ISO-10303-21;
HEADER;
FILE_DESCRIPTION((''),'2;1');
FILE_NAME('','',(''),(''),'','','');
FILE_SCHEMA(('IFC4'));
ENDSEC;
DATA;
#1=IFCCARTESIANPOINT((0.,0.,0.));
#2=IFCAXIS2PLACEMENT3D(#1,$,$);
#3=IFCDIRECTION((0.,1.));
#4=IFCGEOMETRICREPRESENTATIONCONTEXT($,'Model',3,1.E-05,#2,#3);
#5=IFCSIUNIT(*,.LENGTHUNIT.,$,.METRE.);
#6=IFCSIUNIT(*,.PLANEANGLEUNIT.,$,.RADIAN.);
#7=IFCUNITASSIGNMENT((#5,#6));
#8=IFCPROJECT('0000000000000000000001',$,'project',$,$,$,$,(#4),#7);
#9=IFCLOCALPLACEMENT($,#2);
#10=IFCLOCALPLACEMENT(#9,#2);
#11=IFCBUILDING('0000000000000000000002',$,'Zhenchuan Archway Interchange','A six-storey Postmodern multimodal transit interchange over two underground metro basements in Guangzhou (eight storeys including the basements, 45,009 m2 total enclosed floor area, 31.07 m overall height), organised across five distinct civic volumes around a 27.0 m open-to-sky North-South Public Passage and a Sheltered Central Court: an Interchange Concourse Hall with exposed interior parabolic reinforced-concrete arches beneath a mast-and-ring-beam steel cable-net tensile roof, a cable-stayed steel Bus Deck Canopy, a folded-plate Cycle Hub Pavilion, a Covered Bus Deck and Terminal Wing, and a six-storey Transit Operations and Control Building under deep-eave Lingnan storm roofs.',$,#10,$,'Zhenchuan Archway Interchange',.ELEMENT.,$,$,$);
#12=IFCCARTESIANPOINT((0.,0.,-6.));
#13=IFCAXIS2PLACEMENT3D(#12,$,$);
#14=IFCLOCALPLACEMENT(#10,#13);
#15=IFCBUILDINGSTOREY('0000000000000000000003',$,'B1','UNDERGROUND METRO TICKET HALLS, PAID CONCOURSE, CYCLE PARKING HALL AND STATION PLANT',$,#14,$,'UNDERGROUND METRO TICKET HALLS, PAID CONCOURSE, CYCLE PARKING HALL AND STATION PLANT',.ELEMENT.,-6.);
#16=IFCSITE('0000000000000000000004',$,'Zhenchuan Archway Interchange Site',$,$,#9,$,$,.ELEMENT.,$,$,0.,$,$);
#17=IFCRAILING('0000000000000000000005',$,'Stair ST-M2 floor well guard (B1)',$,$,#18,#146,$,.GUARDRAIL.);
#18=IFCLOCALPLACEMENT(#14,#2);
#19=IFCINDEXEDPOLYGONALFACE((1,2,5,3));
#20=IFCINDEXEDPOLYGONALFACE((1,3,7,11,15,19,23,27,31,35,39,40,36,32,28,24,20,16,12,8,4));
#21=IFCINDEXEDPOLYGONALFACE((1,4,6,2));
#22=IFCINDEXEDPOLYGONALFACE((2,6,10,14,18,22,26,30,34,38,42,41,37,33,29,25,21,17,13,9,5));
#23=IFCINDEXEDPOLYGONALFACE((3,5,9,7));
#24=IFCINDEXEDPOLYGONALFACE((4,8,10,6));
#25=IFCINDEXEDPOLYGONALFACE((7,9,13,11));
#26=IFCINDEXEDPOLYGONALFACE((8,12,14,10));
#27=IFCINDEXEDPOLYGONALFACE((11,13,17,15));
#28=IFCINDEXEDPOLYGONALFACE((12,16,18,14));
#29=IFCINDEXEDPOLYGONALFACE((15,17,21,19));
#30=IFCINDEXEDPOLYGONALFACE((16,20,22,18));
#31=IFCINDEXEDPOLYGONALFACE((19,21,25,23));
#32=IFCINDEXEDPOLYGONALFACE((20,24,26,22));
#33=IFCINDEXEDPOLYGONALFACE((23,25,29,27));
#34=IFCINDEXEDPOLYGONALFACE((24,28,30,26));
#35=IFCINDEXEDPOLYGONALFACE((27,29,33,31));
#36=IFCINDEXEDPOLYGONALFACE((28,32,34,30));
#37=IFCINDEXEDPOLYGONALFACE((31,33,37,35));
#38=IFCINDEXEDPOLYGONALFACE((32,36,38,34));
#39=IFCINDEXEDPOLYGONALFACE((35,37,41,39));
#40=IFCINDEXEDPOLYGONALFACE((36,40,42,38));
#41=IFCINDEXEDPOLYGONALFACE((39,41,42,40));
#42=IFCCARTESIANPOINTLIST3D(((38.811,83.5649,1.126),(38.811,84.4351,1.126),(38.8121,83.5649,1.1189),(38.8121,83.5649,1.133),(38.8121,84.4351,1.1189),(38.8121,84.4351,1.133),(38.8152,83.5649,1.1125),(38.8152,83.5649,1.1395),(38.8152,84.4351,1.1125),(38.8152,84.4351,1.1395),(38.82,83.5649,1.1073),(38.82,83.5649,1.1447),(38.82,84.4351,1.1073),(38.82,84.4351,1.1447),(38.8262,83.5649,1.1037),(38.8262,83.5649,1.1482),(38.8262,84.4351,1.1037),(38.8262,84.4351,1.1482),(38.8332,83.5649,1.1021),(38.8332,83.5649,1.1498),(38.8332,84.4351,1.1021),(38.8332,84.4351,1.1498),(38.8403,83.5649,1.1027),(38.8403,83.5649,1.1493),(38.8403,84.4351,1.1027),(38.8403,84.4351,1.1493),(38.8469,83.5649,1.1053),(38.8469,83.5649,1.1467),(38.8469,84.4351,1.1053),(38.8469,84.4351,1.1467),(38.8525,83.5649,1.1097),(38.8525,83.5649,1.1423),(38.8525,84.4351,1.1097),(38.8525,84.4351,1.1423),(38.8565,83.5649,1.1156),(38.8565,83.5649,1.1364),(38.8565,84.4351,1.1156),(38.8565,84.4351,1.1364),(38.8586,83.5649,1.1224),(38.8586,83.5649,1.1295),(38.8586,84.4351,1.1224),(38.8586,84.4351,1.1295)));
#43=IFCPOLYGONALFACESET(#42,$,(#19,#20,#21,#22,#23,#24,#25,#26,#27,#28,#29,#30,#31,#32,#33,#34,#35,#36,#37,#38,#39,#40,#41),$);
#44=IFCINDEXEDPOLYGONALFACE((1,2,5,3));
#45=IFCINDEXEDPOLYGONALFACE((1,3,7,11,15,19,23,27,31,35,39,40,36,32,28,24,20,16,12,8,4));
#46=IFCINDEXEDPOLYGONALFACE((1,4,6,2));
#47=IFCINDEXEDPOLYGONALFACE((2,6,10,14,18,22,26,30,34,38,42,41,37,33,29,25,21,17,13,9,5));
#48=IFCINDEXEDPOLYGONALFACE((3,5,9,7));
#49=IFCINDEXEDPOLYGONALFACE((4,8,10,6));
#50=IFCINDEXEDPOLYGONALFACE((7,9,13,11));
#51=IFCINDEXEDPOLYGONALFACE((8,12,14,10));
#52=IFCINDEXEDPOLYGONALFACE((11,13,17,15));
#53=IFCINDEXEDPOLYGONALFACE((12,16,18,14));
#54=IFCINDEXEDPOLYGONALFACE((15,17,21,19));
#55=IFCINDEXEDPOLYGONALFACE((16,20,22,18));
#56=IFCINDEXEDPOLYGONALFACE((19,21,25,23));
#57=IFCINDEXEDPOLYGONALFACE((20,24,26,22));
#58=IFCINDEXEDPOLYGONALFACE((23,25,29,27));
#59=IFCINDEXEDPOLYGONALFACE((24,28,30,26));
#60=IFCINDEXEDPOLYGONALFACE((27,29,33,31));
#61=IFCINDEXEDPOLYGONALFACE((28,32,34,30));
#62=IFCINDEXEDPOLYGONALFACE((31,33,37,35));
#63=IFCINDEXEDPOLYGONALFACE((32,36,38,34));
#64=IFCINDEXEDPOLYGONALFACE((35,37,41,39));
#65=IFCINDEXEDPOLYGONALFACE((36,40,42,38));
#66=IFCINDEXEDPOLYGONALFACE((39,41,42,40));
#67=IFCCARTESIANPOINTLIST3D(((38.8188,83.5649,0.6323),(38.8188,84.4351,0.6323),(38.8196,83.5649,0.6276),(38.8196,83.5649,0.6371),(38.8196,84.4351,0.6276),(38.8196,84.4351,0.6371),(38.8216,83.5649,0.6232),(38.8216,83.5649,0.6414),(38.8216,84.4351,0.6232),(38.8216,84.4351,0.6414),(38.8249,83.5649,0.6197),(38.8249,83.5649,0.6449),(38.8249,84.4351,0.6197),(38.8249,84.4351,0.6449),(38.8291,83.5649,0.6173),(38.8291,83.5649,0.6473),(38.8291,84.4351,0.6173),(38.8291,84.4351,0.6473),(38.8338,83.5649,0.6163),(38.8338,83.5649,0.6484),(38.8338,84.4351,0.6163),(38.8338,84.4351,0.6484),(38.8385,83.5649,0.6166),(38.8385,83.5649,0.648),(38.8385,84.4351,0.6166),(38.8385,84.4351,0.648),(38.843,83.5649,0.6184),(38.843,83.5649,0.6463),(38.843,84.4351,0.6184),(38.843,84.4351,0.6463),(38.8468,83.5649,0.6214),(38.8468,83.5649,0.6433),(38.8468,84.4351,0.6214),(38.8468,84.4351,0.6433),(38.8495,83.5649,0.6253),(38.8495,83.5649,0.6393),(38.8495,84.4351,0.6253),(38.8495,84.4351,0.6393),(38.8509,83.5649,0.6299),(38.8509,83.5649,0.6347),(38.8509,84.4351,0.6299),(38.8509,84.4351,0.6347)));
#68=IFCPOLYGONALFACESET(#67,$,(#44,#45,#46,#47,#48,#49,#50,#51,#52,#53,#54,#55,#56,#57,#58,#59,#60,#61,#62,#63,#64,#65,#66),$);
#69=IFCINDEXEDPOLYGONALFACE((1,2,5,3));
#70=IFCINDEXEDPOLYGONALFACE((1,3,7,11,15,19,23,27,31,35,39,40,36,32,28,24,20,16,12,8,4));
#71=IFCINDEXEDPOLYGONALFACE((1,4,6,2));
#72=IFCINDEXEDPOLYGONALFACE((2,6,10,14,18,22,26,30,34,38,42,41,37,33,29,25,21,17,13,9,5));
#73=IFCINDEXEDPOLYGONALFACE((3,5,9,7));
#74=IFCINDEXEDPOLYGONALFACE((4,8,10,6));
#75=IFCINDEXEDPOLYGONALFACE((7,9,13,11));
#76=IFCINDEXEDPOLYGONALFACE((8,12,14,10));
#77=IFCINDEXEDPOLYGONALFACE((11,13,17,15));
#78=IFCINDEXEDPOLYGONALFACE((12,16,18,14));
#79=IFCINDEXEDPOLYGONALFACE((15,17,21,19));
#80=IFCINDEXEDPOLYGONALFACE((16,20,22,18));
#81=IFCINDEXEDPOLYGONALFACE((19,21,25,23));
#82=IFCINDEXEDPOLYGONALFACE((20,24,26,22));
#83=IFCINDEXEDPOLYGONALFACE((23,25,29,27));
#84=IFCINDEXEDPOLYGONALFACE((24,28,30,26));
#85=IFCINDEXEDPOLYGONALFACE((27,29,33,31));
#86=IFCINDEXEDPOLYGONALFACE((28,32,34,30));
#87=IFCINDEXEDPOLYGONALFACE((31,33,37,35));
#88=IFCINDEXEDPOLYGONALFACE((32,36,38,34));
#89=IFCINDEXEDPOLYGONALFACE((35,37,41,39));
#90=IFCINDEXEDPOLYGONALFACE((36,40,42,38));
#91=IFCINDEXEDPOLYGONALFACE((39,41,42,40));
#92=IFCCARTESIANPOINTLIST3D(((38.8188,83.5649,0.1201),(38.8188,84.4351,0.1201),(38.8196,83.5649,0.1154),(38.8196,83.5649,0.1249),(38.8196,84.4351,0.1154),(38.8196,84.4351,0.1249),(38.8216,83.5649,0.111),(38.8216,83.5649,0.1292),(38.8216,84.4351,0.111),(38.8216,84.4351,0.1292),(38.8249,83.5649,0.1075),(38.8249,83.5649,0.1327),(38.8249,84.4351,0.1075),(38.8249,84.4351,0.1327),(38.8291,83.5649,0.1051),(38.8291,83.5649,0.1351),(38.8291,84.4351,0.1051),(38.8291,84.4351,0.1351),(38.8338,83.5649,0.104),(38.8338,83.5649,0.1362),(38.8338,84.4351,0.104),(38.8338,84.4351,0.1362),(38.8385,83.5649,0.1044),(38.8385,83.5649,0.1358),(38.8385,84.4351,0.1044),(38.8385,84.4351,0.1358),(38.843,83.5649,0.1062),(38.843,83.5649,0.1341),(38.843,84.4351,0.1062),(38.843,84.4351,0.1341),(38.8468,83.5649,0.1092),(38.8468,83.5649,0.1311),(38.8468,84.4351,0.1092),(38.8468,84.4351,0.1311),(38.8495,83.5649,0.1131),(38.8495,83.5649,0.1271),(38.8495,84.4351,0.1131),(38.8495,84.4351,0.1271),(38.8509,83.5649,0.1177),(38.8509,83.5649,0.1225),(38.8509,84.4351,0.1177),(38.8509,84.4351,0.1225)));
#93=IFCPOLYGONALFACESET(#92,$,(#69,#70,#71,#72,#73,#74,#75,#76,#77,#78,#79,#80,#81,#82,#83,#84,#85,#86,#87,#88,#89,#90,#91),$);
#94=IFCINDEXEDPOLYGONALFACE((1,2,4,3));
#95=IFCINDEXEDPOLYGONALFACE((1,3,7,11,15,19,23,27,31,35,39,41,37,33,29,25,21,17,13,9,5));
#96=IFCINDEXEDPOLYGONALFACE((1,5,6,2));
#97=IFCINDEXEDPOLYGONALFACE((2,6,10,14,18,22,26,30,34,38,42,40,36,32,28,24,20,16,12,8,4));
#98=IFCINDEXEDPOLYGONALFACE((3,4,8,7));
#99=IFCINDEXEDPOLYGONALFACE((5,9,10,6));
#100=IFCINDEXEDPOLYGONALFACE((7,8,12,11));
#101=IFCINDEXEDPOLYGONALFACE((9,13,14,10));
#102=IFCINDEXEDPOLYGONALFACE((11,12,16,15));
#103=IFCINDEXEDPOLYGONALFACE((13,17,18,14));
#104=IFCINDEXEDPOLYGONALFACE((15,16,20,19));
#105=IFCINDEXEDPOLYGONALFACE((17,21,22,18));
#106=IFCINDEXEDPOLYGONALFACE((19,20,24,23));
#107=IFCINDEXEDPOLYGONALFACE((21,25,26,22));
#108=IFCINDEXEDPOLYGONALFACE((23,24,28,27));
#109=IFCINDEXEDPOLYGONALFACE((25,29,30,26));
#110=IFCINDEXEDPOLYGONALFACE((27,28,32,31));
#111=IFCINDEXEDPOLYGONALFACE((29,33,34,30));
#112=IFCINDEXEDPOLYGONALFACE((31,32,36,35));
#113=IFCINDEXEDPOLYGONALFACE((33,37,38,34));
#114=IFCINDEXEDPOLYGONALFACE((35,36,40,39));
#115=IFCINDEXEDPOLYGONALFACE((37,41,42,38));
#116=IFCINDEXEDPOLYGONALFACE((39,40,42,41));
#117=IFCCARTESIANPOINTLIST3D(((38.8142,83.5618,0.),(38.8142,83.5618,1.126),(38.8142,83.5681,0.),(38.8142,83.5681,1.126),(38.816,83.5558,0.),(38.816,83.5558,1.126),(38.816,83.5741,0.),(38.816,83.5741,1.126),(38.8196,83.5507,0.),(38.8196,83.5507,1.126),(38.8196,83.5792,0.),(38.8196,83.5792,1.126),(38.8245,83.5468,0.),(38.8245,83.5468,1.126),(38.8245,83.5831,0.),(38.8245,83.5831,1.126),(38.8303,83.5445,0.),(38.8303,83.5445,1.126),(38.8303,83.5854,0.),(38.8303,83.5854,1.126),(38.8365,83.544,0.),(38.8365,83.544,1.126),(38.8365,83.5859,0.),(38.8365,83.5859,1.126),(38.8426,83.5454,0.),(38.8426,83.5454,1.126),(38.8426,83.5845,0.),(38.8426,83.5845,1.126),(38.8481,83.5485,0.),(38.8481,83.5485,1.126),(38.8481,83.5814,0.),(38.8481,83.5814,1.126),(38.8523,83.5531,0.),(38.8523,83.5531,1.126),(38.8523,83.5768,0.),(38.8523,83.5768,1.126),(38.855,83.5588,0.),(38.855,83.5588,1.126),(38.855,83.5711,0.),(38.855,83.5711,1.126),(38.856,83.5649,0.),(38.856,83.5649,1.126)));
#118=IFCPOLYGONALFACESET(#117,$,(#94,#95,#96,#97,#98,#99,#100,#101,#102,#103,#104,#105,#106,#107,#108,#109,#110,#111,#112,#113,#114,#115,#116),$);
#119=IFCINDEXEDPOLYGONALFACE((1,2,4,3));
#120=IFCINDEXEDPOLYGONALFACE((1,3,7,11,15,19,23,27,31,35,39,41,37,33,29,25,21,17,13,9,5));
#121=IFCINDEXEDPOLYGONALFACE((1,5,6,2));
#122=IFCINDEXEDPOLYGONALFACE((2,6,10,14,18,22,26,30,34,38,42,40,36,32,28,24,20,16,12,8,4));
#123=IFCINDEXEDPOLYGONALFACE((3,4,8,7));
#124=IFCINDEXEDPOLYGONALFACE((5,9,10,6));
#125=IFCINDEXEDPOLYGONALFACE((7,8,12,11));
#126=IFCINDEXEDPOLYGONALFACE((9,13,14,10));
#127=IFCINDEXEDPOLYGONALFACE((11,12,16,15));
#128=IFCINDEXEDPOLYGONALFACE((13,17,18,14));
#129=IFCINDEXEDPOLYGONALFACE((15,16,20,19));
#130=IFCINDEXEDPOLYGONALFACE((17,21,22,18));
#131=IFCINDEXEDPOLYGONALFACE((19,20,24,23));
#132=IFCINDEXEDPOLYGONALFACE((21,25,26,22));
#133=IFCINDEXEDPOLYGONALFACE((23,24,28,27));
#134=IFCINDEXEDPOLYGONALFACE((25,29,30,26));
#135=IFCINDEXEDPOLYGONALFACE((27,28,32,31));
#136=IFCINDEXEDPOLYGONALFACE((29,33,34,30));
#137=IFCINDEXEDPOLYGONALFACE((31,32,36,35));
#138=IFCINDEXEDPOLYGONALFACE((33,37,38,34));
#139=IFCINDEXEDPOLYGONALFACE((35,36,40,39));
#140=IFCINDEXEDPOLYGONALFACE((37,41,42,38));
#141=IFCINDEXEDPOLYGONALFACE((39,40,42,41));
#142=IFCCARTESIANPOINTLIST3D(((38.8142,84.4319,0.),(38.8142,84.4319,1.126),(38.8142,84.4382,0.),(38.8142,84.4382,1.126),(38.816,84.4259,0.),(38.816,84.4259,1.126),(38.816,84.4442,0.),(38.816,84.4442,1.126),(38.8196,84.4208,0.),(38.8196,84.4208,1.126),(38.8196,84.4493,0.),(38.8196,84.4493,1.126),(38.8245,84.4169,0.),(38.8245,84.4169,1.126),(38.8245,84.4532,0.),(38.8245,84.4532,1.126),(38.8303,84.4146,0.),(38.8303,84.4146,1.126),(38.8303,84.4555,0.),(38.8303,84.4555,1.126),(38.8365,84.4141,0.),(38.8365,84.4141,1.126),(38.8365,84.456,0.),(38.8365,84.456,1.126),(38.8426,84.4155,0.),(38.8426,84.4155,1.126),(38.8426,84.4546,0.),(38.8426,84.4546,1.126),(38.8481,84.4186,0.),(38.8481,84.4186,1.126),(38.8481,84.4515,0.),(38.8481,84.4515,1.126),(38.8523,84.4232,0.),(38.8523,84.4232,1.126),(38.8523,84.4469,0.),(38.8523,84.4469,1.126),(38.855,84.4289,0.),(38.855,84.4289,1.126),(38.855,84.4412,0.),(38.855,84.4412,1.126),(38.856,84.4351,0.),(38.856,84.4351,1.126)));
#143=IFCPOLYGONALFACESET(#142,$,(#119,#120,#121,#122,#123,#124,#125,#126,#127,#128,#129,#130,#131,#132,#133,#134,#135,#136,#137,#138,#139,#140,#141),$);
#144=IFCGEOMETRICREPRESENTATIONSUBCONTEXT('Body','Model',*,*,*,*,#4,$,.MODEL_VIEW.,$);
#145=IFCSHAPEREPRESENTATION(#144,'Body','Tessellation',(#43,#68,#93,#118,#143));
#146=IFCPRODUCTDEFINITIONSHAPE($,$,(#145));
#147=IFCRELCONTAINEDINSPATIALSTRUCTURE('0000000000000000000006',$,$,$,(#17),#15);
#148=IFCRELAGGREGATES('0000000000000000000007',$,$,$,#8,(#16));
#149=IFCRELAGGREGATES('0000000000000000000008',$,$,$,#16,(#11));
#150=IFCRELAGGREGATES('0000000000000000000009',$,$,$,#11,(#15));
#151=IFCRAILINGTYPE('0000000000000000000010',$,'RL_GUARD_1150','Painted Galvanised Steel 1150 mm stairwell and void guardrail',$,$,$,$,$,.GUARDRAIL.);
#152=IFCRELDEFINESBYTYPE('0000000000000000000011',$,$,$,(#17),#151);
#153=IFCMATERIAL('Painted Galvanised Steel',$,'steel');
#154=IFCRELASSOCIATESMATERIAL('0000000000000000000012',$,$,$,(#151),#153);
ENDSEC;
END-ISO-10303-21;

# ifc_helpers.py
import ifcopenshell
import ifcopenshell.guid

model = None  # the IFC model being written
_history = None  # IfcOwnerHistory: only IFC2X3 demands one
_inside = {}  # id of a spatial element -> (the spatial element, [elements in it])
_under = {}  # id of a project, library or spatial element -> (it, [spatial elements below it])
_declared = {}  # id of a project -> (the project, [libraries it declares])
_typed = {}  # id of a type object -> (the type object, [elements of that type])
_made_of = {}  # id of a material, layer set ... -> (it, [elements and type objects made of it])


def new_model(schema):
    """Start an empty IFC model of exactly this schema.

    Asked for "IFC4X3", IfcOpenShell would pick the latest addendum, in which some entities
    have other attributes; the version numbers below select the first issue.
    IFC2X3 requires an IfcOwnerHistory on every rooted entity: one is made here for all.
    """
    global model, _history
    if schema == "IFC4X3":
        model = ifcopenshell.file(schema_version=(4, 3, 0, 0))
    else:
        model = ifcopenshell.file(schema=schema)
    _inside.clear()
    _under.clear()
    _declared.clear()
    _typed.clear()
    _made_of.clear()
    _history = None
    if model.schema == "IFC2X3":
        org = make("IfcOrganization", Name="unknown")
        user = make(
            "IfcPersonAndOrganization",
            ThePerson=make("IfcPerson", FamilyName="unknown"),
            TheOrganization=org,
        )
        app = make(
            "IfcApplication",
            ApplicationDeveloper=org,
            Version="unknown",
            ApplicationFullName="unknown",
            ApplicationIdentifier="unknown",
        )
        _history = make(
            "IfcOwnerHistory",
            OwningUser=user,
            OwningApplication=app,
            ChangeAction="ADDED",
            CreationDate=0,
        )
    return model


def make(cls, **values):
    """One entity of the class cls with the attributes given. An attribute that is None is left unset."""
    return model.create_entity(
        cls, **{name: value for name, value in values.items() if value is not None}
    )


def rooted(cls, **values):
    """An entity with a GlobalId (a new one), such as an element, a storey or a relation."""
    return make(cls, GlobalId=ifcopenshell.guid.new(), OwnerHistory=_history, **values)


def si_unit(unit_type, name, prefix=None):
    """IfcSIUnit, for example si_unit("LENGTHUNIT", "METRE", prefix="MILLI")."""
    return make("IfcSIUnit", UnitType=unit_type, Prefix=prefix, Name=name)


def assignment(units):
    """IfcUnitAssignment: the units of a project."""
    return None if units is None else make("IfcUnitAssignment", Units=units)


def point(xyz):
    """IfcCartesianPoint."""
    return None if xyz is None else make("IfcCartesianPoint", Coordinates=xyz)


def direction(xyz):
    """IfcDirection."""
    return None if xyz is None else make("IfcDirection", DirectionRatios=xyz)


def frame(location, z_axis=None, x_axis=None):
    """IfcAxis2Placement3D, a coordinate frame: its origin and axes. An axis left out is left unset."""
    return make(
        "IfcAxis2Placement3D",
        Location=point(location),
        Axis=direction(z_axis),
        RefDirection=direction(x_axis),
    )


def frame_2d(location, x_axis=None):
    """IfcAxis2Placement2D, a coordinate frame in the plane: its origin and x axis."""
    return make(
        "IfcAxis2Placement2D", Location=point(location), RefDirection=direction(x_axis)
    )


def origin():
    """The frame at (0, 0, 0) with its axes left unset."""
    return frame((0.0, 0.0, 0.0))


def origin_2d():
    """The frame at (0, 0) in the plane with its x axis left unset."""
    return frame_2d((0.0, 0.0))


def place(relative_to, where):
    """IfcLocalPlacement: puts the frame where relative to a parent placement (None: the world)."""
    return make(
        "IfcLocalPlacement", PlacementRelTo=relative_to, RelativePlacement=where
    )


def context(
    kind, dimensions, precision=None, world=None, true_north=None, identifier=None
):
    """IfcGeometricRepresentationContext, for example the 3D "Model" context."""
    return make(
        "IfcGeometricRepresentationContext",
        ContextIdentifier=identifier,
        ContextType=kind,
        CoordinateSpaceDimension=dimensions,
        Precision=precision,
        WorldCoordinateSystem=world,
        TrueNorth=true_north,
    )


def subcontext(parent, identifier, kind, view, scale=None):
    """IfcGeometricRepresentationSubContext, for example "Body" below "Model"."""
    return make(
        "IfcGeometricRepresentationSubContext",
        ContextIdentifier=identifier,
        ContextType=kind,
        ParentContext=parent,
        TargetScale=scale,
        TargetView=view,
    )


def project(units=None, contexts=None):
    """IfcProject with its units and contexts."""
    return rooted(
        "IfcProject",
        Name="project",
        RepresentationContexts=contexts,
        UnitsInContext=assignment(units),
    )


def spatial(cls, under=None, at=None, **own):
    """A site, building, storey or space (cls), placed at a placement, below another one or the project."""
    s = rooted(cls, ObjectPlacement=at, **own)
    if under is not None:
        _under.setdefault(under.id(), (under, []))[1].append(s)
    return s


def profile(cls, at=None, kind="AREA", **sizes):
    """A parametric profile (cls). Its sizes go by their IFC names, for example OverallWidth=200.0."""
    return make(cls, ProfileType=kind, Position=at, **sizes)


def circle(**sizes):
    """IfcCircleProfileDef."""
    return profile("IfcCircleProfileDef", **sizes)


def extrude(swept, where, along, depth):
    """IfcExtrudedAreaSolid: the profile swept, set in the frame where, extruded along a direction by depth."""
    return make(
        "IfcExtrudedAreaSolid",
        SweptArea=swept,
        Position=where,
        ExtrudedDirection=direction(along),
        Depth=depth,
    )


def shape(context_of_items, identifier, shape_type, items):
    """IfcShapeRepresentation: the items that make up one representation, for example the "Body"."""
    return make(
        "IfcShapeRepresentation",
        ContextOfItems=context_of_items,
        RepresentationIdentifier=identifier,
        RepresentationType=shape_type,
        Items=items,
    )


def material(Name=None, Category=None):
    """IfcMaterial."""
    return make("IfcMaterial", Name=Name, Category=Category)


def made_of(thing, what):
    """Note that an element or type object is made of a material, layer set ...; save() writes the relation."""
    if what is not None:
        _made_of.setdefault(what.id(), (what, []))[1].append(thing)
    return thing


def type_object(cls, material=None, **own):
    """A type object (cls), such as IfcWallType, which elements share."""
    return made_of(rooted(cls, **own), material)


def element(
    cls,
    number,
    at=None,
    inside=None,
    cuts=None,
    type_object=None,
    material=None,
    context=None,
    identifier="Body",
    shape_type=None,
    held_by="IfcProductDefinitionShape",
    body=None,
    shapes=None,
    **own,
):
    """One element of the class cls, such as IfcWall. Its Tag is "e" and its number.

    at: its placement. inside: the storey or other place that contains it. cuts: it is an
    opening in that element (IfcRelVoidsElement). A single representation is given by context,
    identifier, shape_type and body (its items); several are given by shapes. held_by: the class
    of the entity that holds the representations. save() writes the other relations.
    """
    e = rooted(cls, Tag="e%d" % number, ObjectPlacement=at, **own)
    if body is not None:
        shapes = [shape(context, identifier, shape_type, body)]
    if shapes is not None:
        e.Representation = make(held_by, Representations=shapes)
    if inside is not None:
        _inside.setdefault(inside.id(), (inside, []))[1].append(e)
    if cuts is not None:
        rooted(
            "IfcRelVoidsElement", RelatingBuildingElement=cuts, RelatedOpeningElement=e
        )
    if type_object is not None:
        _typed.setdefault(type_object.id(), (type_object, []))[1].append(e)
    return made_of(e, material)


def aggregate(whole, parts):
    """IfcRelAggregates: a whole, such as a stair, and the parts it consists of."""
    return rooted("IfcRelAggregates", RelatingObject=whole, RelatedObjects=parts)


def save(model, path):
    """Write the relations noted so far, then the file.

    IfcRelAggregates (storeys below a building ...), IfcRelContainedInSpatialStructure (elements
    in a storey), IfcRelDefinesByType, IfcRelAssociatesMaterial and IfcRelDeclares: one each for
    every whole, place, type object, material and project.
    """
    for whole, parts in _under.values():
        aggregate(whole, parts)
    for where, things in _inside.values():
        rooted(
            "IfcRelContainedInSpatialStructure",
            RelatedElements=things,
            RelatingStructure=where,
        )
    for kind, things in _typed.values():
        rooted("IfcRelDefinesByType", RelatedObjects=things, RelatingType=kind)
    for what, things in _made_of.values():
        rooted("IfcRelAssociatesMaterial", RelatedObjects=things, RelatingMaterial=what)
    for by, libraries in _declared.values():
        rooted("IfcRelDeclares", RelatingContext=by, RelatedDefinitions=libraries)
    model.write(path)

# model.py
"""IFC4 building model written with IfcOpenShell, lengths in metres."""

from ifc_helpers import new_model, si_unit, direction, frame, origin, origin_2d, place, context, subcontext, project, spatial, circle, extrude, material, type_object, element, save


model = new_model("IFC4")

# Units and contexts
model_context = context("Model", 3, precision=1e-05, world=origin(), true_north=direction((0.0, 1.0)))
body_context = subcontext(model_context, "Body", "Model", "MODEL_VIEW")
ifc_project = project(units=[si_unit("LENGTHUNIT", "METRE"), si_unit("PLANEANGLEUNIT", "RADIAN")], contexts=[model_context])

# Site, building, storey
site_placement = place(None, origin())
site = spatial("IfcSite", under=ifc_project, at=site_placement, Name="Zhenchuan Archway Interchange Site", CompositionType="ELEMENT", RefElevation=0.0)
building_placement = place(site_placement, origin())
building = spatial("IfcBuilding", under=site, at=building_placement, Name="Zhenchuan Archway Interchange", Description="A six-storey Postmodern multimodal transit interchange over two underground metro basements in Guangzhou (eight storeys including the basements, 45,009 m2 total enclosed floor area, 31.07 m overall height), organised across five distinct civic volumes around a 27.0 m open-to-sky North-South Public Passage and a Sheltered Central Court: an Interchange Concourse Hall with exposed interior parabolic reinforced-concrete arches beneath a mast-and-ring-beam steel cable-net tensile roof, a cable-stayed steel Bus Deck Canopy, a folded-plate Cycle Hub Pavilion, a Covered Bus Deck and Terminal Wing, and a six-storey Transit Operations and Control Building under deep-eave Lingnan storm roofs.", LongName="Zhenchuan Archway Interchange", CompositionType="ELEMENT")
storey_placement = place(building_placement, frame((0.0, 0.0, -6.0)))
storey = spatial("IfcBuildingStorey", under=building, at=storey_placement, Name="B1", Description="UNDERGROUND METRO TICKET HALLS, PAID CONCOURSE, CYCLE PARKING HALL AND STATION PLANT", LongName="UNDERGROUND METRO TICKET HALLS, PAID CONCOURSE, CYCLE PARKING HALL AND STATION PLANT", CompositionType="ELEMENT", Elevation=-6.0)

# Shared definitions
ifc_material_1 = material(Name="Painted Galvanised Steel", Category="steel")

# Railing
railing_type_1 = type_object("IfcRailingType", Name="RL_GUARD_1150", Description="Painted Galvanised Steel 1150 mm stairwell and void guardrail", PredefinedType="GUARDRAIL", material=ifc_material_1)
for number, where, name in (
    (1, (38.835, 83.5649, 0.0), "Stair ST-M2 floor well guard (B1)"),
):
    element("IfcRailing", number, at=place(storey_placement, frame(where)), inside=storey, type_object=railing_type_1, Name=name, PredefinedType="GUARDRAIL", context=body_context, shape_type="SweptSolid", body=[
        extrude(circle(Radius=0.0239, at=origin_2d()), frame((0.0, 0.0, 1.126), z_axis=(0.0, 1.0, 0.0), x_axis=(-1.0, 0.0, 0.0)), (0.0, 0.0, 1.0), 0.8701),
        extrude(circle(Radius=0.0161, at=origin_2d()), frame((0.0, 0.0, 0.6323), z_axis=(0.0, 1.0, 0.0), x_axis=(-1.0, 0.0, 0.0)), (0.0, 0.0, 1.0), 0.8701),
        extrude(circle(Radius=0.0161, at=origin_2d()), frame((0.0, 0.0, 0.1201), z_axis=(0.0, 1.0, 0.0), x_axis=(-1.0, 0.0, 0.0)), (0.0, 0.0, 1.0), 0.8701),
        extrude(circle(Radius=0.021, at=origin_2d()), origin(), (0.0, 0.0, 1.0), 1.126),
        extrude(circle(Radius=0.021, at=origin_2d()), frame((0.0, 0.8701, 0.0)), (0.0, 0.0, 1.0), 1.126),
    ])

save(model, "model.ifc")
